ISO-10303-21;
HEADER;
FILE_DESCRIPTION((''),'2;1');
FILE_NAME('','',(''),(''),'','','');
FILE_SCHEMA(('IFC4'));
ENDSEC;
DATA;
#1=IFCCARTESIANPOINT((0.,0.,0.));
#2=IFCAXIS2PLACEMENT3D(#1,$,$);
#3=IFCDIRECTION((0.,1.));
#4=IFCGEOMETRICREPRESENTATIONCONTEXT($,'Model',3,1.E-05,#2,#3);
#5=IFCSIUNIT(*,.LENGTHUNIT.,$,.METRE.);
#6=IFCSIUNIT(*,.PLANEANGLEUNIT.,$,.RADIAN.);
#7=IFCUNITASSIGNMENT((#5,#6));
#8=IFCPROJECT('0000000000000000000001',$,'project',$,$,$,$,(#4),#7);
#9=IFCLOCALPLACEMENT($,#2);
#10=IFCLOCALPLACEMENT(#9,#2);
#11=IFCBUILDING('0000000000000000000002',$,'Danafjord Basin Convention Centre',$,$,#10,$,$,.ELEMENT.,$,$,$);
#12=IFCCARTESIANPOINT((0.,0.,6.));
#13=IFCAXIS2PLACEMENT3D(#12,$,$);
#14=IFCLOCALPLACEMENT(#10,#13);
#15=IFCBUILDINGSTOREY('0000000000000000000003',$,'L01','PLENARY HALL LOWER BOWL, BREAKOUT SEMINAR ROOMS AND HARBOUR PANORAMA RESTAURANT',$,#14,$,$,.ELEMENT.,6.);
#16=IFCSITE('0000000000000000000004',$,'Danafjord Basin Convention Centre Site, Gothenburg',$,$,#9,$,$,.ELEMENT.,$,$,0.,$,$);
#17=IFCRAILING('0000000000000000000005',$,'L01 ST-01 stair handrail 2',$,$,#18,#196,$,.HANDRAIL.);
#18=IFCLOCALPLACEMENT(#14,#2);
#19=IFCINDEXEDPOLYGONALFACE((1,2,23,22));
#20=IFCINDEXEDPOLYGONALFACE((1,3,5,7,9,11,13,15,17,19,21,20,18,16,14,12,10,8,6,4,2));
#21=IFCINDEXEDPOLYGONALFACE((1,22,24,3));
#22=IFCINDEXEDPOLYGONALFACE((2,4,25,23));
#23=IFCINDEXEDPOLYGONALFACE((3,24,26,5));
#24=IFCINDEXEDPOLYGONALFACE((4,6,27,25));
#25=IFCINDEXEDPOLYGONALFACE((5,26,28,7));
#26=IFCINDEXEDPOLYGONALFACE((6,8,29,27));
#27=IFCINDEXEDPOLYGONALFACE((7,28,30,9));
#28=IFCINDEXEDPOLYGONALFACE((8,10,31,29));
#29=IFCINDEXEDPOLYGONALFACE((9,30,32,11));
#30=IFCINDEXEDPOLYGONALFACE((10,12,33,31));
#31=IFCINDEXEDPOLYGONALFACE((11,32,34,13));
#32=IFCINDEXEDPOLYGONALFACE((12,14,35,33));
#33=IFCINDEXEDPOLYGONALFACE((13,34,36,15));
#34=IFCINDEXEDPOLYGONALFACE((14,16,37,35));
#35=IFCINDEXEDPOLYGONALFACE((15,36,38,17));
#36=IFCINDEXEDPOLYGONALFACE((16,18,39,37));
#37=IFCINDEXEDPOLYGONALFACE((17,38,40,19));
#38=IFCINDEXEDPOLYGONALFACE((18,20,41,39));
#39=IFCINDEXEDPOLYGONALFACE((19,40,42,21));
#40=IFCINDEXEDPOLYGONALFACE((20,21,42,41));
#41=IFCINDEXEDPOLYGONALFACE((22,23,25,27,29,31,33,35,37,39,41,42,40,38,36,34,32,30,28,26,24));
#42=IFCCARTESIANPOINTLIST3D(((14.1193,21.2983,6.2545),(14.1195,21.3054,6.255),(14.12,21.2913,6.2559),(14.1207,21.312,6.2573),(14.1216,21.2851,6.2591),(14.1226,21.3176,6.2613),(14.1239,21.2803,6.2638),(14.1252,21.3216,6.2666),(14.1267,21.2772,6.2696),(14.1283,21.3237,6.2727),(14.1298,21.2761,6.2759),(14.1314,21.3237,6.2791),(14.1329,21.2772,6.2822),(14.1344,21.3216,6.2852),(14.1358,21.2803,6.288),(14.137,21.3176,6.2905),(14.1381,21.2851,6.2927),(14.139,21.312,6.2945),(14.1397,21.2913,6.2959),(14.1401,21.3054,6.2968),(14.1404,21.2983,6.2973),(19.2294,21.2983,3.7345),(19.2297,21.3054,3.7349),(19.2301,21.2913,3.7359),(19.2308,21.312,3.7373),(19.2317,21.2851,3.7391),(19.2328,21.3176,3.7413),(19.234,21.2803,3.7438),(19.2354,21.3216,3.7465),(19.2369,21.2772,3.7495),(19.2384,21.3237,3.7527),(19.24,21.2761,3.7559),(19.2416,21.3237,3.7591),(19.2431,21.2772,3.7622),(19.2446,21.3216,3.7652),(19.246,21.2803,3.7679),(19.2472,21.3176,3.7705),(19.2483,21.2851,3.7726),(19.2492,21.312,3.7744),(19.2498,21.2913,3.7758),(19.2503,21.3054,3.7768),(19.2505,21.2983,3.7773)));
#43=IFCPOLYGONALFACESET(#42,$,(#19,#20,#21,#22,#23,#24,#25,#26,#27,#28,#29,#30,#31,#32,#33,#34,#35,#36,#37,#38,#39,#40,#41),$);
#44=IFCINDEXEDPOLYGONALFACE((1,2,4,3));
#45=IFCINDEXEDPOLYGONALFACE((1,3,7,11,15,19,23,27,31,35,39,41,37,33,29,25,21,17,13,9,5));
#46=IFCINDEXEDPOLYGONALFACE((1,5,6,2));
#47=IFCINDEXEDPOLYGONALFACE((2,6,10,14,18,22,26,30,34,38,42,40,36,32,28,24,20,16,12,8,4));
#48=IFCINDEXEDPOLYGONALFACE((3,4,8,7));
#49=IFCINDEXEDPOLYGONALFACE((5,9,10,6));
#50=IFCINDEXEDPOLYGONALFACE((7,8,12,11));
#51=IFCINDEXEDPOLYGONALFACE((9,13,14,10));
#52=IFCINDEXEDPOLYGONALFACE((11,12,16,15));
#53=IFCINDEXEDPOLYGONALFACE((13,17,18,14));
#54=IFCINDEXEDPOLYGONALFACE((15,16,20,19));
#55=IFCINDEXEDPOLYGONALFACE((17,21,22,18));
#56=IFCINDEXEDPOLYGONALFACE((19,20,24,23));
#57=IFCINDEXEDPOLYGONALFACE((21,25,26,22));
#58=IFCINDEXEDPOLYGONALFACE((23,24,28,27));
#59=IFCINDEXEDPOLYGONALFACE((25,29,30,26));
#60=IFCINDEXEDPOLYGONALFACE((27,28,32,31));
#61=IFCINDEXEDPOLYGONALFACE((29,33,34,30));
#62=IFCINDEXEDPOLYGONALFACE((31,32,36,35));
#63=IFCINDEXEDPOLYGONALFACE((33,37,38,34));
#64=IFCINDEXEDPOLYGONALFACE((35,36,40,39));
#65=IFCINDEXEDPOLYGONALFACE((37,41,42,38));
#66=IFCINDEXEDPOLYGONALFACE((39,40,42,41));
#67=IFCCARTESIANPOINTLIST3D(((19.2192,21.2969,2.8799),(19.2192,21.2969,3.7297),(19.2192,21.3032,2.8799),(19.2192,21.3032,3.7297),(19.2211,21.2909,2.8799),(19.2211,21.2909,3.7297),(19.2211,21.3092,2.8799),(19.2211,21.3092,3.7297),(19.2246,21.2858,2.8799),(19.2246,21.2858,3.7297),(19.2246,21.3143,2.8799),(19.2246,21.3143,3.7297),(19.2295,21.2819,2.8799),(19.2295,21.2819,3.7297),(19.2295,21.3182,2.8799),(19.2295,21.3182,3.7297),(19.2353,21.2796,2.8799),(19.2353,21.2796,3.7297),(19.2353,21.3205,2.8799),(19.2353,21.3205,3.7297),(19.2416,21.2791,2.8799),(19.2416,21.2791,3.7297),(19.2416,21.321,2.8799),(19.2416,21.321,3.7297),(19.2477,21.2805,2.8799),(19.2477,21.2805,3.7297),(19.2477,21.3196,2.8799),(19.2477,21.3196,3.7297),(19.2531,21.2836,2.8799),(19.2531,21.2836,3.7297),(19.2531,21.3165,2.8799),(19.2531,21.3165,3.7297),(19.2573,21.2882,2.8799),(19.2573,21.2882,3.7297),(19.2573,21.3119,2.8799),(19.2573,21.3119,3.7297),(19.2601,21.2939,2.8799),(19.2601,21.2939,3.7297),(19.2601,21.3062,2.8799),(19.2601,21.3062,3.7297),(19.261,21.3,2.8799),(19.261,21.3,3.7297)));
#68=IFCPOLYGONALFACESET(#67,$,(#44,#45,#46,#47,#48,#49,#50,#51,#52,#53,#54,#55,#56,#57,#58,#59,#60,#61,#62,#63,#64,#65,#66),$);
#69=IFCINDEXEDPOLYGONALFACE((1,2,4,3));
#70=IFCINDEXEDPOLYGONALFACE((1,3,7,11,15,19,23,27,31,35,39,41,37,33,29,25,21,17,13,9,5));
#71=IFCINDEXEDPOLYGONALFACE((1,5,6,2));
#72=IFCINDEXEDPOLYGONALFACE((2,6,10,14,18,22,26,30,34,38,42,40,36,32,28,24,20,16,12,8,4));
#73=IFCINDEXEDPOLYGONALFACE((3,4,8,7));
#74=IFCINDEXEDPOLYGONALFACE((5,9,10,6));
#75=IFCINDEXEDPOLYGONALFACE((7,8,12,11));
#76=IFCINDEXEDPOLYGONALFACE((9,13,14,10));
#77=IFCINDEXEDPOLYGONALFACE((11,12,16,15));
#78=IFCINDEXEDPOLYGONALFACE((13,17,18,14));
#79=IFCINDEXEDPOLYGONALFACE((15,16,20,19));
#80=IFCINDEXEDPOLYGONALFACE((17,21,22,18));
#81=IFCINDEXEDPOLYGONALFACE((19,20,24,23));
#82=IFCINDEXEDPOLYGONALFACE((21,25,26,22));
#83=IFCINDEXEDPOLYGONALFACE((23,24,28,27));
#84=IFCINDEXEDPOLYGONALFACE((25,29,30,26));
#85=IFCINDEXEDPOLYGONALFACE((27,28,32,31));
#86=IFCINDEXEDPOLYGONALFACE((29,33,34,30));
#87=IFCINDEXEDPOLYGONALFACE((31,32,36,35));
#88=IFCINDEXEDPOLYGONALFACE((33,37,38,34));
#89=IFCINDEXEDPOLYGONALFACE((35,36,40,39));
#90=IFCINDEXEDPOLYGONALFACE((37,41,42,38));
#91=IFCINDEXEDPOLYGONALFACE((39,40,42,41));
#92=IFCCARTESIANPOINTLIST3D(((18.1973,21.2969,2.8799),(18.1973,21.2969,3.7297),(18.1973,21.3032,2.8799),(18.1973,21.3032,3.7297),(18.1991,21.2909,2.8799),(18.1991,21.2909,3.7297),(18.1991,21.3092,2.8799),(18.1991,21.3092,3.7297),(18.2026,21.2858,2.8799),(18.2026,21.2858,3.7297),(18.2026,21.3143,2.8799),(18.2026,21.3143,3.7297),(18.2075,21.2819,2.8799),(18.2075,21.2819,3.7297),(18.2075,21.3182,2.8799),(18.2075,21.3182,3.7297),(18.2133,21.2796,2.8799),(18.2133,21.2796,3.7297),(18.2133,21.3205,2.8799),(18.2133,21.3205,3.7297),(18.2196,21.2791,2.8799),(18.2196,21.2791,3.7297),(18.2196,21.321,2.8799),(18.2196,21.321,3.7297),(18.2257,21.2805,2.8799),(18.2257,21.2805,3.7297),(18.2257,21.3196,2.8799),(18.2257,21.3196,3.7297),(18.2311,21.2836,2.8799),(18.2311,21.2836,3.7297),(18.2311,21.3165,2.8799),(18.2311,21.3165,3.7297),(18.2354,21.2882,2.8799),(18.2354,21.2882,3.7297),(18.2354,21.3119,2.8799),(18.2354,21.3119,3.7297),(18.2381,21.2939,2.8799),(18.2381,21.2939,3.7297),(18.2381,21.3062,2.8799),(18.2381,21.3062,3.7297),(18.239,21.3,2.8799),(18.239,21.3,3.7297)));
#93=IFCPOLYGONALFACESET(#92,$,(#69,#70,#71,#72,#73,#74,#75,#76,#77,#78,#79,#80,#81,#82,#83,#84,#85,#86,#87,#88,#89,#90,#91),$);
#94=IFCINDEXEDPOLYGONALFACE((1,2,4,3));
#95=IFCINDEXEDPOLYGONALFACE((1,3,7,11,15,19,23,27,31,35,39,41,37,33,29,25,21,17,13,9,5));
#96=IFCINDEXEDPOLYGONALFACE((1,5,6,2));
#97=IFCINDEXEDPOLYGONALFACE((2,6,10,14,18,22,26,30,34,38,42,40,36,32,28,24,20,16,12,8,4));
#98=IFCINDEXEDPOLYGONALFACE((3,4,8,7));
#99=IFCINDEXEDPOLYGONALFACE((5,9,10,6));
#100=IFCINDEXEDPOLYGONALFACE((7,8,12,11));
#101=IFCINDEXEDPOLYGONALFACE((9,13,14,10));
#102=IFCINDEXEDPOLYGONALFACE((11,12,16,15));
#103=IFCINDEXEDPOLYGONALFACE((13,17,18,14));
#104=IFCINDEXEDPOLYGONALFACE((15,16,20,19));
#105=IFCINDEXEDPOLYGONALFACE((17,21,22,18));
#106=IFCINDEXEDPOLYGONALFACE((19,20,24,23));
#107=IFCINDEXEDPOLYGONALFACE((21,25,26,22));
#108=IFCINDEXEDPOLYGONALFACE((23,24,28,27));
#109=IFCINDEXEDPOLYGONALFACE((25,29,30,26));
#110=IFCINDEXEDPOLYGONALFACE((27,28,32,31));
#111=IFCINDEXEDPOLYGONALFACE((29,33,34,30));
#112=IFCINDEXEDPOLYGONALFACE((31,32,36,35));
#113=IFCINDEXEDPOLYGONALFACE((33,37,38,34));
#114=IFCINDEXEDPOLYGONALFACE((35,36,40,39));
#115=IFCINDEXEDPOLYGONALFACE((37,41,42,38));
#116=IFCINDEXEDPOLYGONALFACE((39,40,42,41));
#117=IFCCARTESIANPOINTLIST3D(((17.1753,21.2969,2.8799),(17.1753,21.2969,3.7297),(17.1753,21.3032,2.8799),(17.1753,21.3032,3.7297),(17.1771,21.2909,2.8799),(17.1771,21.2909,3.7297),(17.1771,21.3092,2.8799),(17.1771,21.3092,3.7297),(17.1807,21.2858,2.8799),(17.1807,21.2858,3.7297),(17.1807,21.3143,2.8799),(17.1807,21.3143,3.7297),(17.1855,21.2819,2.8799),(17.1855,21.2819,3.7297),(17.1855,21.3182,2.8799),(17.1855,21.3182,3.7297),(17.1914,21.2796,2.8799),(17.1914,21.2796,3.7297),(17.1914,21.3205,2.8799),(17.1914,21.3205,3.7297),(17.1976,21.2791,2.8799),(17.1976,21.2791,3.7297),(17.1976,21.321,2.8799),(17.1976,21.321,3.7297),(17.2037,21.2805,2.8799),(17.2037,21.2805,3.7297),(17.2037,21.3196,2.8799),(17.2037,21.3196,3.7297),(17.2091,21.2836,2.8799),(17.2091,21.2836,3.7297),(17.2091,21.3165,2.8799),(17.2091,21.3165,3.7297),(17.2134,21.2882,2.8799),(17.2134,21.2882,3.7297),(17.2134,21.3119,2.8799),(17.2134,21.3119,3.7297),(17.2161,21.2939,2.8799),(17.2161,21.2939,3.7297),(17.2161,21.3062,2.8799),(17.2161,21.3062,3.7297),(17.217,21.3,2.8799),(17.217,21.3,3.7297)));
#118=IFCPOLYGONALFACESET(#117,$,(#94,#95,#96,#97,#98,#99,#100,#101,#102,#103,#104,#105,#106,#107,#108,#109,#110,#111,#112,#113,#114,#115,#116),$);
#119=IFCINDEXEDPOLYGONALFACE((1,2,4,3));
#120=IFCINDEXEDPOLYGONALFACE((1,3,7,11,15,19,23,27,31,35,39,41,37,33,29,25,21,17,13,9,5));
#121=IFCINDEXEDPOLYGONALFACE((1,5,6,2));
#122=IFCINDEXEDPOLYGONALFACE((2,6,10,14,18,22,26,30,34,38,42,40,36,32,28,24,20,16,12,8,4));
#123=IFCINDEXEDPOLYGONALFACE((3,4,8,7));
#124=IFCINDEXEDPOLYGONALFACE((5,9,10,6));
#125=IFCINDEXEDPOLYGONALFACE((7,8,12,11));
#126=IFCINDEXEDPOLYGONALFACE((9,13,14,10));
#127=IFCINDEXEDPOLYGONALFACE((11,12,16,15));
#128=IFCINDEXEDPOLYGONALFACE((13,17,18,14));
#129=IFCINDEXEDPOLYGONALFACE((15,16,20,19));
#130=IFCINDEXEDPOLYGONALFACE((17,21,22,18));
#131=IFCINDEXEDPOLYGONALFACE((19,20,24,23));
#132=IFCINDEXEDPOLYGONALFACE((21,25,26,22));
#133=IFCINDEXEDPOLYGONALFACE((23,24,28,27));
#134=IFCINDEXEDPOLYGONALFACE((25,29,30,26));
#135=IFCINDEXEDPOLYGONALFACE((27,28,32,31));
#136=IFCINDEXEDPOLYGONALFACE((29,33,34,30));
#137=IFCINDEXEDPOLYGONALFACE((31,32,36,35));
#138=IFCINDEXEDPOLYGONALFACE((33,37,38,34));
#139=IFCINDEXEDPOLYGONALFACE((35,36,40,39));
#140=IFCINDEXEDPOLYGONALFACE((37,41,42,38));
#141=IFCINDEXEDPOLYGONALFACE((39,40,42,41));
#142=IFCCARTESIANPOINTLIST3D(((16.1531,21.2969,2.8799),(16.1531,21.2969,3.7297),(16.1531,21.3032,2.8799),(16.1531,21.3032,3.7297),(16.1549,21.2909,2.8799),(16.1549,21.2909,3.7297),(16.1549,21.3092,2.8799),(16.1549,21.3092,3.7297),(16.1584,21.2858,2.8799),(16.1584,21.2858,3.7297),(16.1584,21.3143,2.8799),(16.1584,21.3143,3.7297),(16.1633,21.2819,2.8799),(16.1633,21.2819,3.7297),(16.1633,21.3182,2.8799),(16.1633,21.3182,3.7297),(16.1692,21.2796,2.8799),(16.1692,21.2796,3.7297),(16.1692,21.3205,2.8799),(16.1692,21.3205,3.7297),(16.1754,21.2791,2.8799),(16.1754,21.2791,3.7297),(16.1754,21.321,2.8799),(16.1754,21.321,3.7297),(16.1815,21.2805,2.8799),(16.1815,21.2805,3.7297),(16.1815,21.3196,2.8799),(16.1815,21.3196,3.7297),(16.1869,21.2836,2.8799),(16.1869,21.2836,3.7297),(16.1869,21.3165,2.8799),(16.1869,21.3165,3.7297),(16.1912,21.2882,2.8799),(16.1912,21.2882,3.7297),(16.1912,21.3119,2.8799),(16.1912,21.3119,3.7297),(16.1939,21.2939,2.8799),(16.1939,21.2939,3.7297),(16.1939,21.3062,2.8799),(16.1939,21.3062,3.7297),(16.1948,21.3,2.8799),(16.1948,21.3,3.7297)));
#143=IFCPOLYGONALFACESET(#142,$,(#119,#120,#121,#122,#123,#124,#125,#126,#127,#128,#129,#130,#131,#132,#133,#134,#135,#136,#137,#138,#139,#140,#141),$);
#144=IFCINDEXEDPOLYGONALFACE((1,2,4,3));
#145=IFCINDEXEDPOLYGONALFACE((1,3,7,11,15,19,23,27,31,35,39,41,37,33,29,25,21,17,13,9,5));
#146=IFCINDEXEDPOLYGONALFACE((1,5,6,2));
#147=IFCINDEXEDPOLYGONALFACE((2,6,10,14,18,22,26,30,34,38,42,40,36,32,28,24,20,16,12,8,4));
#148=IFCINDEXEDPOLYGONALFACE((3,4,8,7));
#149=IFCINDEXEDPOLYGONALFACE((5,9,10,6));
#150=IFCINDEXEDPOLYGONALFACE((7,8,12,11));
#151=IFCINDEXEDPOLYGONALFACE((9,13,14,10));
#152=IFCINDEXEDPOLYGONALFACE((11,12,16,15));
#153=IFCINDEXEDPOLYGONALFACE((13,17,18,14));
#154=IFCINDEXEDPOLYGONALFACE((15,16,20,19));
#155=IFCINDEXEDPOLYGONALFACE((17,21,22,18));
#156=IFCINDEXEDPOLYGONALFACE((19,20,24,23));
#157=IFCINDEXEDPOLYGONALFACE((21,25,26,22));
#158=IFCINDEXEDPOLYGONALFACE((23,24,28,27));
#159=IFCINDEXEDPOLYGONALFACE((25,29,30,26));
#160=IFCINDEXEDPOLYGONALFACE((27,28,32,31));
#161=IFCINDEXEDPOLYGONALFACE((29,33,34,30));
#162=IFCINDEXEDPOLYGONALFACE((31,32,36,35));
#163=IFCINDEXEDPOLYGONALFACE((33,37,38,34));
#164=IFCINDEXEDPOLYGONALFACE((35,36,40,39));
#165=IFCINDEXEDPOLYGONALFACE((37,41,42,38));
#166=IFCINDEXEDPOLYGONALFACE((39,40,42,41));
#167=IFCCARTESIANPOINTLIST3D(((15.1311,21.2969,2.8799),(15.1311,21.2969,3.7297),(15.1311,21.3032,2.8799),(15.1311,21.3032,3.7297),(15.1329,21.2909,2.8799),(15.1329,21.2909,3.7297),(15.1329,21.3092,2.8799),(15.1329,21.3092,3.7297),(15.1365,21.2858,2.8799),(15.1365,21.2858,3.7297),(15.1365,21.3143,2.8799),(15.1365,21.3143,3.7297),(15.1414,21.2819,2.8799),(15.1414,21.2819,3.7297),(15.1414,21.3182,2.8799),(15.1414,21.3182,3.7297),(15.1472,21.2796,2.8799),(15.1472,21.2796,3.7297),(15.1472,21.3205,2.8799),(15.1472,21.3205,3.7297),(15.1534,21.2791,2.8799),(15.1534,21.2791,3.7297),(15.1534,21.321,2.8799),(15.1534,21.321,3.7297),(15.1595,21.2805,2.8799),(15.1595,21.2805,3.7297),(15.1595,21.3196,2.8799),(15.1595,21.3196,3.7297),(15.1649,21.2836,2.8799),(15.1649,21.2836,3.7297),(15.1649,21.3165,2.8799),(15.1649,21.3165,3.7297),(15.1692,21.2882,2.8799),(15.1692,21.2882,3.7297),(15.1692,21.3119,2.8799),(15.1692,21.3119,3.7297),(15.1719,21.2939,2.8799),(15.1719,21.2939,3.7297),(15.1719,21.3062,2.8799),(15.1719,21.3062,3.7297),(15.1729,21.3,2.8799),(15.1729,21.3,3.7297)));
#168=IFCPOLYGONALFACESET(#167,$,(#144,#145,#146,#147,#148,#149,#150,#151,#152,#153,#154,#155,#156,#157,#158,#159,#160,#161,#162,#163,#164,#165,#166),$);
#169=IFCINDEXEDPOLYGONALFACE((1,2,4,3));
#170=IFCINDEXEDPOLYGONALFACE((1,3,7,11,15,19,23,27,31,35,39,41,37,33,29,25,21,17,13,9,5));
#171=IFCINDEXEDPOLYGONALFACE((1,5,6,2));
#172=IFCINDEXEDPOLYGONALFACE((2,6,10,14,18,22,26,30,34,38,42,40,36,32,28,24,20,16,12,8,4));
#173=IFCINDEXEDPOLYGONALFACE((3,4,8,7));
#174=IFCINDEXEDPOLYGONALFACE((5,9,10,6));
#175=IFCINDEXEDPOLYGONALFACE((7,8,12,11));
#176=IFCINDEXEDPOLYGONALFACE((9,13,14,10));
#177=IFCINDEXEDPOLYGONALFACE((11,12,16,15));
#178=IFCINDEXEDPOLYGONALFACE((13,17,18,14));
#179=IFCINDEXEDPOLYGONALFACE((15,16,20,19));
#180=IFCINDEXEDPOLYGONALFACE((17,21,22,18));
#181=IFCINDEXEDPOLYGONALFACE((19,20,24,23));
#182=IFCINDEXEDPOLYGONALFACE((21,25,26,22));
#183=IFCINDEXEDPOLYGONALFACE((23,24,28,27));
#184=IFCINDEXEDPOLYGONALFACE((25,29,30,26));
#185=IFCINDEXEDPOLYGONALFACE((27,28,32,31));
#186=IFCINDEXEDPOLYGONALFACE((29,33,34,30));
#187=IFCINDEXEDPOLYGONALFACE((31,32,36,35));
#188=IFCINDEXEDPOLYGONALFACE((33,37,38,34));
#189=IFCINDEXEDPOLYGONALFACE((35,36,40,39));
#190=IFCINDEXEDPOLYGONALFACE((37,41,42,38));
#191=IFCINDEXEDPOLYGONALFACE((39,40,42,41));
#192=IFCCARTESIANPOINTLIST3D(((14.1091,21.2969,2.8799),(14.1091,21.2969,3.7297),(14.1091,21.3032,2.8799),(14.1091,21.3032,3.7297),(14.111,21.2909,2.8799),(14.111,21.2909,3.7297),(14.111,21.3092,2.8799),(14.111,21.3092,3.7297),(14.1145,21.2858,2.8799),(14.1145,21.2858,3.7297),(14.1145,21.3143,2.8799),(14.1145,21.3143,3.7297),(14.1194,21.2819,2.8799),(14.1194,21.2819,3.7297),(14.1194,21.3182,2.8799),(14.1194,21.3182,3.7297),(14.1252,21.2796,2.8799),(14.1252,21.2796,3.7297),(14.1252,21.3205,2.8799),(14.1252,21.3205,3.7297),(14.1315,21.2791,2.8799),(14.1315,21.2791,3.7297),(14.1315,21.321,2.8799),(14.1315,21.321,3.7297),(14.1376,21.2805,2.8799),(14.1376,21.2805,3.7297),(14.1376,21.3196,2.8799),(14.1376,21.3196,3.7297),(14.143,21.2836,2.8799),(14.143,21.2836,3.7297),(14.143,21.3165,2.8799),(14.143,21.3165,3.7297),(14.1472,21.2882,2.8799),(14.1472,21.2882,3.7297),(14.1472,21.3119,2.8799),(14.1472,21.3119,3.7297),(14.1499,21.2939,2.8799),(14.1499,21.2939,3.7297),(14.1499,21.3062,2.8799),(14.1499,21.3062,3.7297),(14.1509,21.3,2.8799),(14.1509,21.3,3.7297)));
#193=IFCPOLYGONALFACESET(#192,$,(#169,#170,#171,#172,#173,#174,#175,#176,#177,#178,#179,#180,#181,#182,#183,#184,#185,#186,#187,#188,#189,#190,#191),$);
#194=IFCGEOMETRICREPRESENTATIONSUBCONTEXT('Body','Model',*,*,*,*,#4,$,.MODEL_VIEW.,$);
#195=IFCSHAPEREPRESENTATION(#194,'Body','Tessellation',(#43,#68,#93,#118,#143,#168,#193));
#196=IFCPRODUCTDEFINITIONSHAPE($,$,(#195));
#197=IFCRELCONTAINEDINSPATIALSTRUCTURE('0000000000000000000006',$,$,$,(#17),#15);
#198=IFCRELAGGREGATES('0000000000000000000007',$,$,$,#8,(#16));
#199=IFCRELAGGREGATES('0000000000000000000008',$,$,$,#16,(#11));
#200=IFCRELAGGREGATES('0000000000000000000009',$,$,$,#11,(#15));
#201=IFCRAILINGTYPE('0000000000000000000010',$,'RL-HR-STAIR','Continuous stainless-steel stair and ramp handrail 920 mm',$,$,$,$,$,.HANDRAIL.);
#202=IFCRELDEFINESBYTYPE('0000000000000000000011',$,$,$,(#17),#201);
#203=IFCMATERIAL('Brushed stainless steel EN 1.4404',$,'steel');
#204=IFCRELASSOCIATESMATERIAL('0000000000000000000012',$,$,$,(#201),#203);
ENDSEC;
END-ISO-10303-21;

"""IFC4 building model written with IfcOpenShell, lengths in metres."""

from ifc_helpers import new_model, si_unit, direction, frame, origin, origin_2d, place, context, subcontext, project, spatial, circle, extrude, material, type_object, element, save


model = new_model("IFC4")

# Units and contexts
model_context = context("Model", 3, precision=1e-05, world=origin(), true_north=direction((0.0, 1.0)))
body_context = subcontext(model_context, "Body", "Model", "MODEL_VIEW")
ifc_project = project(units=[si_unit("LENGTHUNIT", "METRE"), si_unit("PLANEANGLEUNIT", "RADIAN")], contexts=[model_context])

# Site, building, storey
site_placement = place(None, origin())
site = spatial("IfcSite", under=ifc_project, at=site_placement, Name="Danafjord Basin Convention Centre Site, Gothenburg", CompositionType="ELEMENT", RefElevation=0.0)
building_placement = place(site_placement, origin())
building = spatial("IfcBuilding", under=site, at=building_placement, Name="Danafjord Basin Convention Centre", CompositionType="ELEMENT")
storey_placement = place(building_placement, frame((0.0, 0.0, 6.0)))
storey = spatial("IfcBuildingStorey", under=building, at=storey_placement, Name="L01", Description="PLENARY HALL LOWER BOWL, BREAKOUT SEMINAR ROOMS AND HARBOUR PANORAMA RESTAURANT", CompositionType="ELEMENT", Elevation=6.0)

# Railing
ifc_material_1 = material(Name="Brushed stainless steel EN 1.4404", Category="steel")
railing_type_1 = type_object("IfcRailingType", Name="RL-HR-STAIR", Description="Continuous stainless-steel stair and ramp handrail 920 mm", PredefinedType="HANDRAIL", material=ifc_material_1)
railing_1_placement = place(storey_placement, frame((19.24, 21.3, 2.8799)))
element("IfcRailing", 1, at=railing_1_placement, inside=storey, type_object=railing_type_1, Name="L01 ST-01 stair handrail 2", PredefinedType="HANDRAIL", context=body_context, shape_type="SweptSolid", body=[
    extrude(circle(Radius=0.0239, at=origin_2d()), frame((0.0, 0.0, 0.876), z_axis=(-0.896873, 0.0, 0.442288), x_axis=(0.0, -1.0, 0.0)), (0.0, 0.0, 1.0), 5.6978),
    extrude(circle(Radius=0.021, at=origin_2d()), origin(), (0.0, 0.0, 1.0), 0.8499),
    extrude(circle(Radius=0.021, at=origin_2d()), frame((-1.022, 0.0, 0.0)), (0.0, 0.0, 1.0), 0.8499),
    extrude(circle(Radius=0.021, at=origin_2d()), frame((-2.0439, 0.0, 0.0)), (0.0, 0.0, 1.0), 0.8499),
    extrude(circle(Radius=0.021, at=origin_2d()), frame((-3.0662, 0.0, 0.0)), (0.0, 0.0, 1.0), 0.8499),
    extrude(circle(Radius=0.021, at=origin_2d()), frame((-4.0881, 0.0, 0.0)), (0.0, 0.0, 1.0), 0.8499),
    extrude(circle(Radius=0.021, at=origin_2d()), frame((-5.1101, 0.0, 0.0)), (0.0, 0.0, 1.0), 0.8499),
])

save(model, "model.ifc")
